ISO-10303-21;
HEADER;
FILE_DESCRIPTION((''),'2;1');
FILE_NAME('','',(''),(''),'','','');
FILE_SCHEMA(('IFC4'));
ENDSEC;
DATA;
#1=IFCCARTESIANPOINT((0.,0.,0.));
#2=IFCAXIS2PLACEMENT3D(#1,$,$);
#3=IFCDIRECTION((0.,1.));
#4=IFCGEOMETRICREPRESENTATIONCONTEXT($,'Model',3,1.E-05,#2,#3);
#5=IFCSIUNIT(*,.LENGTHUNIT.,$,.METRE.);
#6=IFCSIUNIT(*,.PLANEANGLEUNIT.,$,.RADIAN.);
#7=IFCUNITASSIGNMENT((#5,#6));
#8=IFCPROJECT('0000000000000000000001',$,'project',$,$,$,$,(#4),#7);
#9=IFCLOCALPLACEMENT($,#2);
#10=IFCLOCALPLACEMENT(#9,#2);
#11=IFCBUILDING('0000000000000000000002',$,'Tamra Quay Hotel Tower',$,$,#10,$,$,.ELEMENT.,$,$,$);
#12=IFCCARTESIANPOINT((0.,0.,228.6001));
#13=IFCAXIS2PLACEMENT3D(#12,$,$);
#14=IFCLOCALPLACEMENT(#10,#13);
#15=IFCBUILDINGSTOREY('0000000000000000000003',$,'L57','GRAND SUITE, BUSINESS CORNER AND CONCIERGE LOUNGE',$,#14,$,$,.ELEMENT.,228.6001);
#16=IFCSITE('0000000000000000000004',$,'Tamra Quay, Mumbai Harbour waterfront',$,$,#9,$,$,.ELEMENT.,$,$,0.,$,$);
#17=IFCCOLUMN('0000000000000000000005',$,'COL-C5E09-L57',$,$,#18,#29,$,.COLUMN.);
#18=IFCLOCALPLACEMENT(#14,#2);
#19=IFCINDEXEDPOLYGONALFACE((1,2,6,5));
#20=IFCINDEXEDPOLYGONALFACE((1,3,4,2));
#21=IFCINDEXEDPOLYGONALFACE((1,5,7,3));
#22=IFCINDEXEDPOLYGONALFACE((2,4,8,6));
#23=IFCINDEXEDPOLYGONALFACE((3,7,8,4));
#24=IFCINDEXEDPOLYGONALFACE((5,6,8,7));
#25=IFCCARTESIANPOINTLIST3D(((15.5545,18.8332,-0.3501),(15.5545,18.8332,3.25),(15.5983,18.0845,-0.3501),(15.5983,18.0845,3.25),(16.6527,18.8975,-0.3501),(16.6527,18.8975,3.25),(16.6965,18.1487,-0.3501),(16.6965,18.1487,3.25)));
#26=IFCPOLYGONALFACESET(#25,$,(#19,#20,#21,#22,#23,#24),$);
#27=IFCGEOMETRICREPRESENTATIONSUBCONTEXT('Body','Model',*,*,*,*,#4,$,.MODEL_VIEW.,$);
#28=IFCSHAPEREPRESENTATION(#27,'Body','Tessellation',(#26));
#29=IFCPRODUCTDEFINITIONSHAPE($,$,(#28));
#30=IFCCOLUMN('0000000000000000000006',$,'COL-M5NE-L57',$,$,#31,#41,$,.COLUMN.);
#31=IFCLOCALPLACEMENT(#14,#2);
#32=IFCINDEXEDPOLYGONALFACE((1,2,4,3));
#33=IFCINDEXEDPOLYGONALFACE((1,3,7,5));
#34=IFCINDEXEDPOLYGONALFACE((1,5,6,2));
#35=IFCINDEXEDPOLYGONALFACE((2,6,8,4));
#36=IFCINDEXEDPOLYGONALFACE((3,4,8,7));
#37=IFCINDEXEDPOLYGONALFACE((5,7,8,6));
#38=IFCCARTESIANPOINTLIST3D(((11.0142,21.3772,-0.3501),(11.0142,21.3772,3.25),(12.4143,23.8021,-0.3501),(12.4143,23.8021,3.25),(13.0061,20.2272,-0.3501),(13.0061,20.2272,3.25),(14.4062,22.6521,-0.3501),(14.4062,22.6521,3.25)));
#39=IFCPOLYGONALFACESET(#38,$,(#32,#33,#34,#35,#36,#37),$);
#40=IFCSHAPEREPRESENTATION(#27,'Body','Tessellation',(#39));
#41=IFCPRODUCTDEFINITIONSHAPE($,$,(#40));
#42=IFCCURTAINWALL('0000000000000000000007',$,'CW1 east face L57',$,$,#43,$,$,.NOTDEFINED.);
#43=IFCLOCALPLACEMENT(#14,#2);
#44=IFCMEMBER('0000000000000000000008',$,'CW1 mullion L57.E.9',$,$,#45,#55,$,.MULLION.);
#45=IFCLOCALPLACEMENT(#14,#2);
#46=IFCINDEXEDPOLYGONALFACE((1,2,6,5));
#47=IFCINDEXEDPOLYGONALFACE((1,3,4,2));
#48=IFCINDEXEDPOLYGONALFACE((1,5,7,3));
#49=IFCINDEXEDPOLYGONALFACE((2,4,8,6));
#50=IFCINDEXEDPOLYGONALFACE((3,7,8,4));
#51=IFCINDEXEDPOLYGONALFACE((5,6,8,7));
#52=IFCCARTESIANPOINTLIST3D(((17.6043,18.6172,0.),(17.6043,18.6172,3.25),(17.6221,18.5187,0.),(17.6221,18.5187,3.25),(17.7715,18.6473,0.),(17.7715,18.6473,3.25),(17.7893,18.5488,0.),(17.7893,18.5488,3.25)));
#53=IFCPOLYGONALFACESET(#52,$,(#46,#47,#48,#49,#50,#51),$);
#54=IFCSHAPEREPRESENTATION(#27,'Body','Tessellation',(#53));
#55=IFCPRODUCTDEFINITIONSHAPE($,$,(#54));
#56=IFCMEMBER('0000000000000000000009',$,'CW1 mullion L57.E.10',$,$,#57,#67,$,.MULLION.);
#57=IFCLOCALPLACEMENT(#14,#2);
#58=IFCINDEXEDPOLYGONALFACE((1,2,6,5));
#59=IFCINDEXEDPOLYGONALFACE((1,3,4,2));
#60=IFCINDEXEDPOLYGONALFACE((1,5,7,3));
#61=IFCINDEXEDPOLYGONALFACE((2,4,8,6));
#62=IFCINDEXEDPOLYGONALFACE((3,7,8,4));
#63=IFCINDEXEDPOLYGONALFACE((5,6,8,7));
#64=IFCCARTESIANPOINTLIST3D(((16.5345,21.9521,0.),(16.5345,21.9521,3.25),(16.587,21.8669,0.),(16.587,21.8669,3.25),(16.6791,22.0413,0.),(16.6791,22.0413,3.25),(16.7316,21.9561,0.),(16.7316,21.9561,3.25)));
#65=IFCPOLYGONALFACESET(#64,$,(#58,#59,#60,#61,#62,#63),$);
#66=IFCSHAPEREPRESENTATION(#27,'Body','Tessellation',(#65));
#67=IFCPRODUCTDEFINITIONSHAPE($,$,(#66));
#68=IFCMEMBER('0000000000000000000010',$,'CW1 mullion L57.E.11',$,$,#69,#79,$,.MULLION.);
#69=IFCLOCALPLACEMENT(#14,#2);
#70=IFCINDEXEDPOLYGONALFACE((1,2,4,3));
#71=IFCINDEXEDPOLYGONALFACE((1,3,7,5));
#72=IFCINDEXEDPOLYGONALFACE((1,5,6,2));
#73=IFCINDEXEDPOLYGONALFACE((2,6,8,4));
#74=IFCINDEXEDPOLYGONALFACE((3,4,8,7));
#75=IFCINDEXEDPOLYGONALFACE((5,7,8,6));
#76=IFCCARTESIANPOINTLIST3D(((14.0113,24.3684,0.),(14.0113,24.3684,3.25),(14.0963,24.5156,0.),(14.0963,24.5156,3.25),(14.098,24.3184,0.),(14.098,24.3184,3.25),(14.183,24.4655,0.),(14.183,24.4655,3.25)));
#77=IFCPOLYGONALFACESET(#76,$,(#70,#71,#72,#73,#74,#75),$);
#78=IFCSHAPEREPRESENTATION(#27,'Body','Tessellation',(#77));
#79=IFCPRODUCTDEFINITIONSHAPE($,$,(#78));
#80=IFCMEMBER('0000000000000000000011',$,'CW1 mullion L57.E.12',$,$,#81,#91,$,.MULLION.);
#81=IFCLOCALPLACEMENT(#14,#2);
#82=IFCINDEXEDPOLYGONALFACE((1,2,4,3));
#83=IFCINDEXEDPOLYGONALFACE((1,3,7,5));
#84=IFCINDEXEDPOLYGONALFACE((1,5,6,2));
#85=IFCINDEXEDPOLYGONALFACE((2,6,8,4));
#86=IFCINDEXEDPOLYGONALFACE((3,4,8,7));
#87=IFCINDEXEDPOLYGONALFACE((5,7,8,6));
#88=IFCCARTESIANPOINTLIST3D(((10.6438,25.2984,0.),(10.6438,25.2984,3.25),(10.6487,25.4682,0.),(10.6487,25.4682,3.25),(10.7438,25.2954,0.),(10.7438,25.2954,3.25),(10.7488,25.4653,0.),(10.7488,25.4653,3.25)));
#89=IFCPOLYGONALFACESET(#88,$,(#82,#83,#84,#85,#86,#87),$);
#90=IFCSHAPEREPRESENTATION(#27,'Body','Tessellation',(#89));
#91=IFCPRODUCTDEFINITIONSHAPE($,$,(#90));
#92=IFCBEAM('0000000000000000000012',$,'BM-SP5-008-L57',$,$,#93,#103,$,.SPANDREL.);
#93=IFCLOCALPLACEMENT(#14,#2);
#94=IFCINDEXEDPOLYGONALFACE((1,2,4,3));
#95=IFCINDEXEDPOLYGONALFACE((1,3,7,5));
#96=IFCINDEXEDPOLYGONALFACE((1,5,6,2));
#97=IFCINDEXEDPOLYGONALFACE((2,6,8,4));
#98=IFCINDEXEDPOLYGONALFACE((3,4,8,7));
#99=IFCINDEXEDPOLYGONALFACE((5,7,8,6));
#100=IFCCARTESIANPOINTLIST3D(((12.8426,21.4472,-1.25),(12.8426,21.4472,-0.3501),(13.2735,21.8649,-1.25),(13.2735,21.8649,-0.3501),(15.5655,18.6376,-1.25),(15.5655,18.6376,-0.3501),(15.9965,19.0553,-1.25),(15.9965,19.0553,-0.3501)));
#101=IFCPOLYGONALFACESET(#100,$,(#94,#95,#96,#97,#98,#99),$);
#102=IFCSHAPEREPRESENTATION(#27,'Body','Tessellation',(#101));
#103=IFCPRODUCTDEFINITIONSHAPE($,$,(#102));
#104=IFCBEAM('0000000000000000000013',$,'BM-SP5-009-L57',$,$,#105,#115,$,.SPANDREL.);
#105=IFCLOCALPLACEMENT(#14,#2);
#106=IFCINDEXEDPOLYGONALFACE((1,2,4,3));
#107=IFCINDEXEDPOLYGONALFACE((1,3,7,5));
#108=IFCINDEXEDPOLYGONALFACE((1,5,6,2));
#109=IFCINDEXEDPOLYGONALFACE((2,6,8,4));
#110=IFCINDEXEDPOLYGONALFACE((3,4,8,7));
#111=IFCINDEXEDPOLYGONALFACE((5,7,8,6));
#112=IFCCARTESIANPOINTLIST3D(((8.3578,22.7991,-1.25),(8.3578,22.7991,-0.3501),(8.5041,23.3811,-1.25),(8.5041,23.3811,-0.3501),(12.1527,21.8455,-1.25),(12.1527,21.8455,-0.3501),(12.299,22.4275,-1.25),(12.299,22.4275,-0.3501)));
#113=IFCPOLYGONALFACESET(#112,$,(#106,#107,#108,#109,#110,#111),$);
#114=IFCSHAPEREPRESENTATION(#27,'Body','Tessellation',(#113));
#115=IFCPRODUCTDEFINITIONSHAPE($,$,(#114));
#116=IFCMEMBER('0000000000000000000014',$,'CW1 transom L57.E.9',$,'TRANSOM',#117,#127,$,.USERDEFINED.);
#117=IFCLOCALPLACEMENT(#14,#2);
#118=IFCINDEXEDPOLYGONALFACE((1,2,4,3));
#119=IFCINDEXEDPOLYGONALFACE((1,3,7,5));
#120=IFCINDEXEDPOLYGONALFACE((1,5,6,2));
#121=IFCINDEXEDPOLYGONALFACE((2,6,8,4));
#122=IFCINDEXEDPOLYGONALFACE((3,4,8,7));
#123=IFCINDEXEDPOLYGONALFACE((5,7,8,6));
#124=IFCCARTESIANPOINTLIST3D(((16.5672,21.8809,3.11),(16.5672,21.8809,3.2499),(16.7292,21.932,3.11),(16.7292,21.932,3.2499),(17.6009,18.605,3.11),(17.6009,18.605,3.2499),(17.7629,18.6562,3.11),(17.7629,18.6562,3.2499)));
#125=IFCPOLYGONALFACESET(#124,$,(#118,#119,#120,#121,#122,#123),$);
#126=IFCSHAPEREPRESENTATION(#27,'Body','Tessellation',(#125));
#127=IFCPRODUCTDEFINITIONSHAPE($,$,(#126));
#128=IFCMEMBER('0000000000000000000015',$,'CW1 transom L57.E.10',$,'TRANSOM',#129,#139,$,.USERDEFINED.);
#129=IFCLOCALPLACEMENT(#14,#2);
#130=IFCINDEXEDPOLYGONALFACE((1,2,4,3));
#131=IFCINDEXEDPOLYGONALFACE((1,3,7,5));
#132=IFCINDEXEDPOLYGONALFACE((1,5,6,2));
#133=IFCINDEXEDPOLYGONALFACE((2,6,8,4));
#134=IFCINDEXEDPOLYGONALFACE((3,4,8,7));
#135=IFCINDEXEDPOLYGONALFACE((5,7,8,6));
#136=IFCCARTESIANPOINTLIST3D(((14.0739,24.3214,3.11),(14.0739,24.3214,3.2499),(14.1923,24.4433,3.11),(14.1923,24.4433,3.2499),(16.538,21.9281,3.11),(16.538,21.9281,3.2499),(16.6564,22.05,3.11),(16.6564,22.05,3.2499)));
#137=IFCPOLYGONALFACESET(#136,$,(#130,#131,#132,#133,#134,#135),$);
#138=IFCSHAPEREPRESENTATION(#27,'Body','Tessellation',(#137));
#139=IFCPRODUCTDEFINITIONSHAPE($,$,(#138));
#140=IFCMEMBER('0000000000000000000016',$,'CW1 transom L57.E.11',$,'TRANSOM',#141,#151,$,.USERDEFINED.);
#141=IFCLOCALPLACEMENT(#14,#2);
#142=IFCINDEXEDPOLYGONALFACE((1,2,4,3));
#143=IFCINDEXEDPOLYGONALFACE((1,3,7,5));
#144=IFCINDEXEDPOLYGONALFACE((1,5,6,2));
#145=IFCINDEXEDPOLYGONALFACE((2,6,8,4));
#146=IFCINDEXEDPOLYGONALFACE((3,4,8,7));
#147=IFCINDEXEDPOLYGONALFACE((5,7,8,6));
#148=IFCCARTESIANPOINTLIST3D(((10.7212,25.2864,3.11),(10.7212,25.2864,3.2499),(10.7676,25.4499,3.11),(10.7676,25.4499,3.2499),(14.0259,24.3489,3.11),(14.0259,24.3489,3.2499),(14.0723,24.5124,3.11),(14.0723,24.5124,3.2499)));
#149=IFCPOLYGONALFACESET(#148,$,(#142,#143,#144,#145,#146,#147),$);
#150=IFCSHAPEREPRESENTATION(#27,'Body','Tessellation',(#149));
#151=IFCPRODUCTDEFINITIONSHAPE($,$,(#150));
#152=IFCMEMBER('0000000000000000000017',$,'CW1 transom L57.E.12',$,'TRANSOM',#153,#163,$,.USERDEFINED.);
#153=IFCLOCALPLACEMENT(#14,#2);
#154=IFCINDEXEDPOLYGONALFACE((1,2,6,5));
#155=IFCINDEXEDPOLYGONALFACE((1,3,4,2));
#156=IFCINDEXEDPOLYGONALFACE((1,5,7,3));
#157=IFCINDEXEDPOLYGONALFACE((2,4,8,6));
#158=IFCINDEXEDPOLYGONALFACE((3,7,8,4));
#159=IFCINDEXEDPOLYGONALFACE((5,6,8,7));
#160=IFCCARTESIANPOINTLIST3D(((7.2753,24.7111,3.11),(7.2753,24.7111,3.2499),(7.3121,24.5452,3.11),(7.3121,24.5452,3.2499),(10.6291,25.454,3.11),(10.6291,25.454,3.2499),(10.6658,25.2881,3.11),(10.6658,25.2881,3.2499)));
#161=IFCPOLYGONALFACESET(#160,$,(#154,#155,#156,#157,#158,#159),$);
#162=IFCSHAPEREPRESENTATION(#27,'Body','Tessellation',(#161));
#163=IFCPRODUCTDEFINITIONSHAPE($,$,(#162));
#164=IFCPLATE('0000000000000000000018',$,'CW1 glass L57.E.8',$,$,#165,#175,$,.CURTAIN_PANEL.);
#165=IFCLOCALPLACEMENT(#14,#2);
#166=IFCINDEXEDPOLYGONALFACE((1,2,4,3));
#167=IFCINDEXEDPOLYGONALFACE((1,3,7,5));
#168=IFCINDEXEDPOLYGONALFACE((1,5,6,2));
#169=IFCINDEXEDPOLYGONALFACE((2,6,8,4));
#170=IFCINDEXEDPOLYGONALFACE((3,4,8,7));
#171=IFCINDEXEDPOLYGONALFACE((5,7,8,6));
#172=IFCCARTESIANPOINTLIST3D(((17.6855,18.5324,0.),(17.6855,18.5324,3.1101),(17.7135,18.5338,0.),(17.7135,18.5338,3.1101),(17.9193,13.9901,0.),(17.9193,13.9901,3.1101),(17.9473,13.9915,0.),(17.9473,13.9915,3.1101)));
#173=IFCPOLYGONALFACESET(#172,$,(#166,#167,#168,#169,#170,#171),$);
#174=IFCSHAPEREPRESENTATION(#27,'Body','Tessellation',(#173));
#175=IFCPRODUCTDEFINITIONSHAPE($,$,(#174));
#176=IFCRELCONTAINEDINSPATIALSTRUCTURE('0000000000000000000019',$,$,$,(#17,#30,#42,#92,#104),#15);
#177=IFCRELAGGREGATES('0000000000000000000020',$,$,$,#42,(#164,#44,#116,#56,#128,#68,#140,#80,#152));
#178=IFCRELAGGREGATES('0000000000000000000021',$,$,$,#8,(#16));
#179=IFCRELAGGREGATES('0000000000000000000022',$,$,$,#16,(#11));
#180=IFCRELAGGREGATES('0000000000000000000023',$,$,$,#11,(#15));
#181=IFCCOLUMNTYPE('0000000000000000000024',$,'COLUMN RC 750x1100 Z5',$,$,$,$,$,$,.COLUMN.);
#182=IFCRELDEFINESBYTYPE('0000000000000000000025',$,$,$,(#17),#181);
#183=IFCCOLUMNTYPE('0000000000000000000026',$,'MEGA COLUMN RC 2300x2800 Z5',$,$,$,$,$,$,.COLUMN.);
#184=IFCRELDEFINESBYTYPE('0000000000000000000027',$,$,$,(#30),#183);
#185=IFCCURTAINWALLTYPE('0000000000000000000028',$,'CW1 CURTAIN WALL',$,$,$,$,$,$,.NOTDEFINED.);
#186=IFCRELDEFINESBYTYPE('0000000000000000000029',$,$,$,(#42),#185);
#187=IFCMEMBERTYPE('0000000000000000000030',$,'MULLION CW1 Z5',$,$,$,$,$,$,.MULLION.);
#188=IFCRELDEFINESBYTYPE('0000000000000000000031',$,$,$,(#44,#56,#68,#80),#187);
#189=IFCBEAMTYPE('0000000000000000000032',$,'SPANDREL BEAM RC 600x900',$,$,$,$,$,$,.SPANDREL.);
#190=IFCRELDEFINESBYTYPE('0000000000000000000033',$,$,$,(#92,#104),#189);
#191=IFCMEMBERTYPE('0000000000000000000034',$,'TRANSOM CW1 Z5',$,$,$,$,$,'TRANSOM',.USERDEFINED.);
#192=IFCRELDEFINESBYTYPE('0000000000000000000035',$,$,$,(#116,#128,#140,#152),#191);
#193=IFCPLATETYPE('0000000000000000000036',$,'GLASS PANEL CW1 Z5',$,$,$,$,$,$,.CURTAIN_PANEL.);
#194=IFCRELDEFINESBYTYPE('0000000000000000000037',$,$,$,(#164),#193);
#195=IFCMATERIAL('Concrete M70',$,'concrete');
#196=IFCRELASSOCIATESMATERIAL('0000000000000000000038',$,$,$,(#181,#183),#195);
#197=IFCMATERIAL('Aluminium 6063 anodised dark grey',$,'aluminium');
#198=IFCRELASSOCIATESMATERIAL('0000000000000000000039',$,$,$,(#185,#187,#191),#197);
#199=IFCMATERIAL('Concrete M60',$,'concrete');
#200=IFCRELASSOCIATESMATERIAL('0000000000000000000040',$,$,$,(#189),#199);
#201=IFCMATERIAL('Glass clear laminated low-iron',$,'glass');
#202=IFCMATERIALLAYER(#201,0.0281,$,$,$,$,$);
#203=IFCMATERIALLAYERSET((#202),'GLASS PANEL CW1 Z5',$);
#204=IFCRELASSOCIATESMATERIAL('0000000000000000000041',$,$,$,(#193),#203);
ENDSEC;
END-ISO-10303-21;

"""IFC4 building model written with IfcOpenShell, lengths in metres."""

from ifc_helpers import new_model, si_unit, direction, frame, origin, origin_2d, place, context, subcontext, project, spatial, rectangle, extrude, material, layer, layer_set, material_profile, profile_set, type_object, element, aggregate, save


model = new_model("IFC4")

# Units and contexts
model_context = context("Model", 3, precision=1e-05, world=origin(), true_north=direction((0.0, 1.0)))
body_context = subcontext(model_context, "Body", "Model", "MODEL_VIEW")
ifc_project = project(units=[si_unit("LENGTHUNIT", "METRE"), si_unit("PLANEANGLEUNIT", "RADIAN")], contexts=[model_context])

# Site, building, storey
site_placement = place(None, origin())
site = spatial("IfcSite", under=ifc_project, at=site_placement, Name="Tamra Quay, Mumbai Harbour waterfront", CompositionType="ELEMENT", RefElevation=0.0)
building_placement = place(site_placement, origin())
building = spatial("IfcBuilding", under=site, at=building_placement, Name="Tamra Quay Hotel Tower", CompositionType="ELEMENT")
storey_placement = place(building_placement, frame((0.0, 0.0, 228.6001)))
storey = spatial("IfcBuildingStorey", under=building, at=storey_placement, Name="L57", Description="GRAND SUITE, BUSINESS CORNER AND CONCIERGE LOUNGE", CompositionType="ELEMENT", Elevation=228.6001)

# Columns
ifc_material_1 = material(Name="Concrete M70", Category="concrete")
ifc_material_profile_1 = material_profile(ifc_material_1, rectangle(XDim=1.1001, YDim=0.75, at=origin_2d()), Name="COLUMN RC 750x1100 Z5")
ifc_profile_set_1 = profile_set([ifc_material_profile_1], Name="Concrete M70")
column_type_1 = type_object("IfcColumnType", Name="COLUMN RC 750x1100 Z5", PredefinedType="COLUMN", material=ifc_profile_set_1)
column_1_placement = place(storey_placement, frame((16.1255, 18.491, -0.3501), z_axis=(0.0, 0.0, 1.0), x_axis=(0.998292, 0.05842, 0.0)))
element("IfcColumn", 1, at=column_1_placement, inside=storey, type_object=column_type_1, Name="COL-C5E09-L57", PredefinedType="COLUMN", context=body_context, shape_type="SweptSolid", body=[
    extrude(rectangle(XDim=1.1001, YDim=0.75, at=origin_2d()), origin(), (0.0, 0.0, 1.0), 3.6001),
])
ifc_material_profile_2 = material_profile(ifc_material_1, rectangle(XDim=2.8, YDim=2.3, at=origin_2d()), Name="MEGA COLUMN RC 2300x2800 Z5")
ifc_profile_set_2 = profile_set([ifc_material_profile_2], Name="Concrete M70")
column_type_2 = type_object("IfcColumnType", Name="MEGA COLUMN RC 2300x2800 Z5", PredefinedType="COLUMN", material=ifc_profile_set_2)
column_2_placement = place(storey_placement, frame((12.7102, 22.0146, -0.3501), z_axis=(0.0, 0.0, 1.0), x_axis=(0.5, 0.866025, 0.0)))
element("IfcColumn", 2, at=column_2_placement, inside=storey, type_object=column_type_2, Name="COL-M5NE-L57", PredefinedType="COLUMN", context=body_context, shape_type="SweptSolid", body=[
    extrude(rectangle(XDim=2.8, YDim=2.3, at=origin_2d()), origin(), (0.0, 0.0, 1.0), 3.6001),
])

# Curtain wall, members
ifc_material_2 = material(Name="Aluminium 6063 anodised dark grey", Category="aluminium")
curtain_wall_type = type_object("IfcCurtainWallType", Name="CW1 CURTAIN WALL", PredefinedType="NOTDEFINED", material=ifc_material_2)
curtain_wall_placement = place(storey_placement, origin())
curtain_wall = element("IfcCurtainWall", 3, at=curtain_wall_placement, inside=storey, type_object=curtain_wall_type, Name="CW1 east face L57", PredefinedType="NOTDEFINED")
ifc_material_profile_3 = material_profile(ifc_material_2, rectangle(XDim=0.1699, YDim=0.1001, at=origin_2d()), Name="MULLION 100X170")
ifc_profile_set_3 = profile_set([ifc_material_profile_3], Name="Aluminium 6063 anodised dark grey")
member_type_1 = type_object("IfcMemberType", Name="MULLION CW1 Z5", PredefinedType="MULLION", material=ifc_profile_set_3)
member_1_placement = place(storey_placement, frame((17.6968, 18.583, 0.0), z_axis=(0.0, 0.0, 1.0), x_axis=(0.984105, 0.177586, 0.0)))
member_1 = element("IfcMember", 4, at=member_1_placement, type_object=member_type_1, Name="CW1 mullion L57.E.9", PredefinedType="MULLION", context=body_context, shape_type="SweptSolid", body=[
    extrude(rectangle(XDim=0.1699, YDim=0.1001, at=origin_2d()), origin(), (0.0, 0.0, 1.0), 3.25),
])
member_2_placement = place(storey_placement, frame((16.6331, 21.9541, 0.0), z_axis=(0.0, 0.0, 1.0), x_axis=(0.851044, 0.525094, 0.0)))
member_2 = element("IfcMember", 5, at=member_2_placement, type_object=member_type_1, Name="CW1 mullion L57.E.10", PredefinedType="MULLION", context=body_context, shape_type="SweptSolid", body=[
    extrude(rectangle(XDim=0.1699, YDim=0.1001, at=origin_2d()), origin(), (0.0, 0.0, 1.0), 3.25),
])
member_3_placement = place(storey_placement, frame((14.0972, 24.417, 0.0), z_axis=(0.0, 0.0, 1.0), x_axis=(0.5, 0.866025, 0.0)))
member_3 = element("IfcMember", 6, at=member_3_placement, type_object=member_type_1, Name="CW1 mullion L57.E.11", PredefinedType="MULLION", context=body_context, shape_type="SweptSolid", body=[
    extrude(rectangle(XDim=0.1699, YDim=0.1001, at=origin_2d()), origin(), (0.0, 0.0, 1.0), 3.25),
])
member_4_placement = place(storey_placement, frame((10.6963, 25.3818, 0.0), z_axis=(0.0, 0.0, 1.0), x_axis=(0.029223, 0.999573, 0.0)))
member_4 = element("IfcMember", 7, at=member_4_placement, type_object=member_type_1, Name="CW1 mullion L57.E.12", PredefinedType="MULLION", context=body_context, shape_type="SweptSolid", body=[
    extrude(rectangle(XDim=0.1699, YDim=0.1001, at=origin_2d()), origin(), (0.0, 0.0, 1.0), 3.25),
])

# Beams
ifc_material_3 = material(Name="Concrete M60", Category="concrete")
ifc_material_profile_4 = material_profile(ifc_material_3, rectangle(XDim=0.6001, YDim=0.8999, at=origin_2d()), Name="SPANDREL BEAM RC 600x900")
ifc_profile_set_4 = profile_set([ifc_material_profile_4], Name="Concrete M60")
beam_type = type_object("IfcBeamType", Name="SPANDREL BEAM RC 600x900", PredefinedType="SPANDREL", material=ifc_profile_set_4)
beam_1_placement = place(storey_placement, frame((15.781, 18.8464, -0.8), z_axis=(-0.695944, 0.718096, 0.0), x_axis=(-0.718096, -0.695944, 0.0)))
element("IfcBeam", 8, at=beam_1_placement, inside=storey, type_object=beam_type, Name="BM-SP5-008-L57", PredefinedType="SPANDREL", context=body_context, shape_type="SweptSolid", body=[
    extrude(rectangle(XDim=0.6001, YDim=0.8999, at=origin_2d()), origin(), (0.0, 0.0, 1.0), 3.9126),
])
beam_2_placement = place(storey_placement, frame((12.2258, 22.1365, -0.8), z_axis=(-0.969848, 0.24371, 0.0), x_axis=(-0.24371, -0.969848, 0.0)))
element("IfcBeam", 9, at=beam_2_placement, inside=storey, type_object=beam_type, Name="BM-SP5-009-L57", PredefinedType="SPANDREL", context=body_context, shape_type="SweptSolid", body=[
    extrude(rectangle(XDim=0.6001, YDim=0.8999, at=origin_2d()), origin(), (0.0, 0.0, 1.0), 3.9128),
])

# Members
ifc_material_profile_5 = material_profile(ifc_material_2, rectangle(XDim=0.1699, YDim=0.1399, at=origin_2d()), Name="TRANSOM 170X140")
ifc_profile_set_5 = profile_set([ifc_material_profile_5], Name="Aluminium 6063 anodised dark grey")
member_type_2 = type_object("IfcMemberType", Name="TRANSOM CW1 Z5", ElementType="TRANSOM", PredefinedType="USERDEFINED", material=ifc_profile_set_5)
member_5_placement = place(storey_placement, frame((17.6819, 18.6306, 3.1799), z_axis=(-0.30092, 0.953649, 0.0), x_axis=(-0.953649, -0.30092, 0.0)))
member_5 = element("IfcMember", 10, at=member_5_placement, type_object=member_type_2, Name="CW1 transom L57.E.9", ObjectType="TRANSOM", PredefinedType="USERDEFINED", context=body_context, shape_type="SweptSolid", body=[
    extrude(rectangle(XDim=0.1699, YDim=0.1399, at=origin_2d()), origin(), (0.0, 0.0, 1.0), 3.4351),
])
member_6_placement = place(storey_placement, frame((16.5972, 21.989, 3.1799), z_axis=(-0.717337, 0.696726, 0.0), x_axis=(-0.696726, -0.717337, 0.0)))
member_6 = element("IfcMember", 11, at=member_6_placement, type_object=member_type_2, Name="CW1 transom L57.E.10", ObjectType="TRANSOM", PredefinedType="USERDEFINED", context=body_context, shape_type="SweptSolid", body=[
    extrude(rectangle(XDim=0.1699, YDim=0.1399, at=origin_2d()), origin(), (0.0, 0.0, 1.0), 3.4351),
])
member_7_placement = place(storey_placement, frame((14.0491, 24.4307, 3.1799), z_axis=(-0.962037, 0.272918, 0.0), x_axis=(-0.272918, -0.962037, 0.0)))
member_7 = element("IfcMember", 12, at=member_7_placement, type_object=member_type_2, Name="CW1 transom L57.E.11", ObjectType="TRANSOM", PredefinedType="USERDEFINED", context=body_context, shape_type="SweptSolid", body=[
    extrude(rectangle(XDim=0.1699, YDim=0.1399, at=origin_2d()), origin(), (0.0, 0.0, 1.0), 3.4351),
])
member_8_placement = place(storey_placement, frame((10.6475, 25.3711, 3.1799), z_axis=(-0.976332, -0.216276, 0.0), x_axis=(0.216276, -0.976332, 0.0)))
member_8 = element("IfcMember", 13, at=member_8_placement, type_object=member_type_2, Name="CW1 transom L57.E.12", ObjectType="TRANSOM", PredefinedType="USERDEFINED", context=body_context, shape_type="SweptSolid", body=[
    extrude(rectangle(XDim=0.1699, YDim=0.1399, at=origin_2d()), origin(), (0.0, 0.0, 1.0), 3.4351),
])

# Plate
ifc_material_4 = material(Name="Glass clear laminated low-iron", Category="glass")
ifc_layer_1 = layer(ifc_material_4, 0.0281)
ifc_layer_set_1 = layer_set([ifc_layer_1], Name="GLASS PANEL CW1 Z5")
plate_type = type_object("IfcPlateType", Name="GLASS PANEL CW1 Z5", PredefinedType="CURTAIN_PANEL", material=ifc_layer_set_1)
plate_1_placement = place(storey_placement, frame((17.8164, 16.262, 0.0), z_axis=(0.0, 0.0, 1.0), x_axis=(-0.051403, 0.998678, 0.0)))
plate_1 = element("IfcPlate", 14, at=plate_1_placement, type_object=plate_type, Name="CW1 glass L57.E.8", PredefinedType="CURTAIN_PANEL", context=body_context, shape_type="SweptSolid", body=[
    extrude(rectangle(XDim=4.5483, YDim=0.0281, at=origin_2d()), origin(), (0.0, 0.0, 1.0), 3.1101),
])
aggregate(curtain_wall, [plate_1, member_1, member_5, member_2, member_6, member_3, member_7, member_4, member_8])

save(model, "model.ifc")
